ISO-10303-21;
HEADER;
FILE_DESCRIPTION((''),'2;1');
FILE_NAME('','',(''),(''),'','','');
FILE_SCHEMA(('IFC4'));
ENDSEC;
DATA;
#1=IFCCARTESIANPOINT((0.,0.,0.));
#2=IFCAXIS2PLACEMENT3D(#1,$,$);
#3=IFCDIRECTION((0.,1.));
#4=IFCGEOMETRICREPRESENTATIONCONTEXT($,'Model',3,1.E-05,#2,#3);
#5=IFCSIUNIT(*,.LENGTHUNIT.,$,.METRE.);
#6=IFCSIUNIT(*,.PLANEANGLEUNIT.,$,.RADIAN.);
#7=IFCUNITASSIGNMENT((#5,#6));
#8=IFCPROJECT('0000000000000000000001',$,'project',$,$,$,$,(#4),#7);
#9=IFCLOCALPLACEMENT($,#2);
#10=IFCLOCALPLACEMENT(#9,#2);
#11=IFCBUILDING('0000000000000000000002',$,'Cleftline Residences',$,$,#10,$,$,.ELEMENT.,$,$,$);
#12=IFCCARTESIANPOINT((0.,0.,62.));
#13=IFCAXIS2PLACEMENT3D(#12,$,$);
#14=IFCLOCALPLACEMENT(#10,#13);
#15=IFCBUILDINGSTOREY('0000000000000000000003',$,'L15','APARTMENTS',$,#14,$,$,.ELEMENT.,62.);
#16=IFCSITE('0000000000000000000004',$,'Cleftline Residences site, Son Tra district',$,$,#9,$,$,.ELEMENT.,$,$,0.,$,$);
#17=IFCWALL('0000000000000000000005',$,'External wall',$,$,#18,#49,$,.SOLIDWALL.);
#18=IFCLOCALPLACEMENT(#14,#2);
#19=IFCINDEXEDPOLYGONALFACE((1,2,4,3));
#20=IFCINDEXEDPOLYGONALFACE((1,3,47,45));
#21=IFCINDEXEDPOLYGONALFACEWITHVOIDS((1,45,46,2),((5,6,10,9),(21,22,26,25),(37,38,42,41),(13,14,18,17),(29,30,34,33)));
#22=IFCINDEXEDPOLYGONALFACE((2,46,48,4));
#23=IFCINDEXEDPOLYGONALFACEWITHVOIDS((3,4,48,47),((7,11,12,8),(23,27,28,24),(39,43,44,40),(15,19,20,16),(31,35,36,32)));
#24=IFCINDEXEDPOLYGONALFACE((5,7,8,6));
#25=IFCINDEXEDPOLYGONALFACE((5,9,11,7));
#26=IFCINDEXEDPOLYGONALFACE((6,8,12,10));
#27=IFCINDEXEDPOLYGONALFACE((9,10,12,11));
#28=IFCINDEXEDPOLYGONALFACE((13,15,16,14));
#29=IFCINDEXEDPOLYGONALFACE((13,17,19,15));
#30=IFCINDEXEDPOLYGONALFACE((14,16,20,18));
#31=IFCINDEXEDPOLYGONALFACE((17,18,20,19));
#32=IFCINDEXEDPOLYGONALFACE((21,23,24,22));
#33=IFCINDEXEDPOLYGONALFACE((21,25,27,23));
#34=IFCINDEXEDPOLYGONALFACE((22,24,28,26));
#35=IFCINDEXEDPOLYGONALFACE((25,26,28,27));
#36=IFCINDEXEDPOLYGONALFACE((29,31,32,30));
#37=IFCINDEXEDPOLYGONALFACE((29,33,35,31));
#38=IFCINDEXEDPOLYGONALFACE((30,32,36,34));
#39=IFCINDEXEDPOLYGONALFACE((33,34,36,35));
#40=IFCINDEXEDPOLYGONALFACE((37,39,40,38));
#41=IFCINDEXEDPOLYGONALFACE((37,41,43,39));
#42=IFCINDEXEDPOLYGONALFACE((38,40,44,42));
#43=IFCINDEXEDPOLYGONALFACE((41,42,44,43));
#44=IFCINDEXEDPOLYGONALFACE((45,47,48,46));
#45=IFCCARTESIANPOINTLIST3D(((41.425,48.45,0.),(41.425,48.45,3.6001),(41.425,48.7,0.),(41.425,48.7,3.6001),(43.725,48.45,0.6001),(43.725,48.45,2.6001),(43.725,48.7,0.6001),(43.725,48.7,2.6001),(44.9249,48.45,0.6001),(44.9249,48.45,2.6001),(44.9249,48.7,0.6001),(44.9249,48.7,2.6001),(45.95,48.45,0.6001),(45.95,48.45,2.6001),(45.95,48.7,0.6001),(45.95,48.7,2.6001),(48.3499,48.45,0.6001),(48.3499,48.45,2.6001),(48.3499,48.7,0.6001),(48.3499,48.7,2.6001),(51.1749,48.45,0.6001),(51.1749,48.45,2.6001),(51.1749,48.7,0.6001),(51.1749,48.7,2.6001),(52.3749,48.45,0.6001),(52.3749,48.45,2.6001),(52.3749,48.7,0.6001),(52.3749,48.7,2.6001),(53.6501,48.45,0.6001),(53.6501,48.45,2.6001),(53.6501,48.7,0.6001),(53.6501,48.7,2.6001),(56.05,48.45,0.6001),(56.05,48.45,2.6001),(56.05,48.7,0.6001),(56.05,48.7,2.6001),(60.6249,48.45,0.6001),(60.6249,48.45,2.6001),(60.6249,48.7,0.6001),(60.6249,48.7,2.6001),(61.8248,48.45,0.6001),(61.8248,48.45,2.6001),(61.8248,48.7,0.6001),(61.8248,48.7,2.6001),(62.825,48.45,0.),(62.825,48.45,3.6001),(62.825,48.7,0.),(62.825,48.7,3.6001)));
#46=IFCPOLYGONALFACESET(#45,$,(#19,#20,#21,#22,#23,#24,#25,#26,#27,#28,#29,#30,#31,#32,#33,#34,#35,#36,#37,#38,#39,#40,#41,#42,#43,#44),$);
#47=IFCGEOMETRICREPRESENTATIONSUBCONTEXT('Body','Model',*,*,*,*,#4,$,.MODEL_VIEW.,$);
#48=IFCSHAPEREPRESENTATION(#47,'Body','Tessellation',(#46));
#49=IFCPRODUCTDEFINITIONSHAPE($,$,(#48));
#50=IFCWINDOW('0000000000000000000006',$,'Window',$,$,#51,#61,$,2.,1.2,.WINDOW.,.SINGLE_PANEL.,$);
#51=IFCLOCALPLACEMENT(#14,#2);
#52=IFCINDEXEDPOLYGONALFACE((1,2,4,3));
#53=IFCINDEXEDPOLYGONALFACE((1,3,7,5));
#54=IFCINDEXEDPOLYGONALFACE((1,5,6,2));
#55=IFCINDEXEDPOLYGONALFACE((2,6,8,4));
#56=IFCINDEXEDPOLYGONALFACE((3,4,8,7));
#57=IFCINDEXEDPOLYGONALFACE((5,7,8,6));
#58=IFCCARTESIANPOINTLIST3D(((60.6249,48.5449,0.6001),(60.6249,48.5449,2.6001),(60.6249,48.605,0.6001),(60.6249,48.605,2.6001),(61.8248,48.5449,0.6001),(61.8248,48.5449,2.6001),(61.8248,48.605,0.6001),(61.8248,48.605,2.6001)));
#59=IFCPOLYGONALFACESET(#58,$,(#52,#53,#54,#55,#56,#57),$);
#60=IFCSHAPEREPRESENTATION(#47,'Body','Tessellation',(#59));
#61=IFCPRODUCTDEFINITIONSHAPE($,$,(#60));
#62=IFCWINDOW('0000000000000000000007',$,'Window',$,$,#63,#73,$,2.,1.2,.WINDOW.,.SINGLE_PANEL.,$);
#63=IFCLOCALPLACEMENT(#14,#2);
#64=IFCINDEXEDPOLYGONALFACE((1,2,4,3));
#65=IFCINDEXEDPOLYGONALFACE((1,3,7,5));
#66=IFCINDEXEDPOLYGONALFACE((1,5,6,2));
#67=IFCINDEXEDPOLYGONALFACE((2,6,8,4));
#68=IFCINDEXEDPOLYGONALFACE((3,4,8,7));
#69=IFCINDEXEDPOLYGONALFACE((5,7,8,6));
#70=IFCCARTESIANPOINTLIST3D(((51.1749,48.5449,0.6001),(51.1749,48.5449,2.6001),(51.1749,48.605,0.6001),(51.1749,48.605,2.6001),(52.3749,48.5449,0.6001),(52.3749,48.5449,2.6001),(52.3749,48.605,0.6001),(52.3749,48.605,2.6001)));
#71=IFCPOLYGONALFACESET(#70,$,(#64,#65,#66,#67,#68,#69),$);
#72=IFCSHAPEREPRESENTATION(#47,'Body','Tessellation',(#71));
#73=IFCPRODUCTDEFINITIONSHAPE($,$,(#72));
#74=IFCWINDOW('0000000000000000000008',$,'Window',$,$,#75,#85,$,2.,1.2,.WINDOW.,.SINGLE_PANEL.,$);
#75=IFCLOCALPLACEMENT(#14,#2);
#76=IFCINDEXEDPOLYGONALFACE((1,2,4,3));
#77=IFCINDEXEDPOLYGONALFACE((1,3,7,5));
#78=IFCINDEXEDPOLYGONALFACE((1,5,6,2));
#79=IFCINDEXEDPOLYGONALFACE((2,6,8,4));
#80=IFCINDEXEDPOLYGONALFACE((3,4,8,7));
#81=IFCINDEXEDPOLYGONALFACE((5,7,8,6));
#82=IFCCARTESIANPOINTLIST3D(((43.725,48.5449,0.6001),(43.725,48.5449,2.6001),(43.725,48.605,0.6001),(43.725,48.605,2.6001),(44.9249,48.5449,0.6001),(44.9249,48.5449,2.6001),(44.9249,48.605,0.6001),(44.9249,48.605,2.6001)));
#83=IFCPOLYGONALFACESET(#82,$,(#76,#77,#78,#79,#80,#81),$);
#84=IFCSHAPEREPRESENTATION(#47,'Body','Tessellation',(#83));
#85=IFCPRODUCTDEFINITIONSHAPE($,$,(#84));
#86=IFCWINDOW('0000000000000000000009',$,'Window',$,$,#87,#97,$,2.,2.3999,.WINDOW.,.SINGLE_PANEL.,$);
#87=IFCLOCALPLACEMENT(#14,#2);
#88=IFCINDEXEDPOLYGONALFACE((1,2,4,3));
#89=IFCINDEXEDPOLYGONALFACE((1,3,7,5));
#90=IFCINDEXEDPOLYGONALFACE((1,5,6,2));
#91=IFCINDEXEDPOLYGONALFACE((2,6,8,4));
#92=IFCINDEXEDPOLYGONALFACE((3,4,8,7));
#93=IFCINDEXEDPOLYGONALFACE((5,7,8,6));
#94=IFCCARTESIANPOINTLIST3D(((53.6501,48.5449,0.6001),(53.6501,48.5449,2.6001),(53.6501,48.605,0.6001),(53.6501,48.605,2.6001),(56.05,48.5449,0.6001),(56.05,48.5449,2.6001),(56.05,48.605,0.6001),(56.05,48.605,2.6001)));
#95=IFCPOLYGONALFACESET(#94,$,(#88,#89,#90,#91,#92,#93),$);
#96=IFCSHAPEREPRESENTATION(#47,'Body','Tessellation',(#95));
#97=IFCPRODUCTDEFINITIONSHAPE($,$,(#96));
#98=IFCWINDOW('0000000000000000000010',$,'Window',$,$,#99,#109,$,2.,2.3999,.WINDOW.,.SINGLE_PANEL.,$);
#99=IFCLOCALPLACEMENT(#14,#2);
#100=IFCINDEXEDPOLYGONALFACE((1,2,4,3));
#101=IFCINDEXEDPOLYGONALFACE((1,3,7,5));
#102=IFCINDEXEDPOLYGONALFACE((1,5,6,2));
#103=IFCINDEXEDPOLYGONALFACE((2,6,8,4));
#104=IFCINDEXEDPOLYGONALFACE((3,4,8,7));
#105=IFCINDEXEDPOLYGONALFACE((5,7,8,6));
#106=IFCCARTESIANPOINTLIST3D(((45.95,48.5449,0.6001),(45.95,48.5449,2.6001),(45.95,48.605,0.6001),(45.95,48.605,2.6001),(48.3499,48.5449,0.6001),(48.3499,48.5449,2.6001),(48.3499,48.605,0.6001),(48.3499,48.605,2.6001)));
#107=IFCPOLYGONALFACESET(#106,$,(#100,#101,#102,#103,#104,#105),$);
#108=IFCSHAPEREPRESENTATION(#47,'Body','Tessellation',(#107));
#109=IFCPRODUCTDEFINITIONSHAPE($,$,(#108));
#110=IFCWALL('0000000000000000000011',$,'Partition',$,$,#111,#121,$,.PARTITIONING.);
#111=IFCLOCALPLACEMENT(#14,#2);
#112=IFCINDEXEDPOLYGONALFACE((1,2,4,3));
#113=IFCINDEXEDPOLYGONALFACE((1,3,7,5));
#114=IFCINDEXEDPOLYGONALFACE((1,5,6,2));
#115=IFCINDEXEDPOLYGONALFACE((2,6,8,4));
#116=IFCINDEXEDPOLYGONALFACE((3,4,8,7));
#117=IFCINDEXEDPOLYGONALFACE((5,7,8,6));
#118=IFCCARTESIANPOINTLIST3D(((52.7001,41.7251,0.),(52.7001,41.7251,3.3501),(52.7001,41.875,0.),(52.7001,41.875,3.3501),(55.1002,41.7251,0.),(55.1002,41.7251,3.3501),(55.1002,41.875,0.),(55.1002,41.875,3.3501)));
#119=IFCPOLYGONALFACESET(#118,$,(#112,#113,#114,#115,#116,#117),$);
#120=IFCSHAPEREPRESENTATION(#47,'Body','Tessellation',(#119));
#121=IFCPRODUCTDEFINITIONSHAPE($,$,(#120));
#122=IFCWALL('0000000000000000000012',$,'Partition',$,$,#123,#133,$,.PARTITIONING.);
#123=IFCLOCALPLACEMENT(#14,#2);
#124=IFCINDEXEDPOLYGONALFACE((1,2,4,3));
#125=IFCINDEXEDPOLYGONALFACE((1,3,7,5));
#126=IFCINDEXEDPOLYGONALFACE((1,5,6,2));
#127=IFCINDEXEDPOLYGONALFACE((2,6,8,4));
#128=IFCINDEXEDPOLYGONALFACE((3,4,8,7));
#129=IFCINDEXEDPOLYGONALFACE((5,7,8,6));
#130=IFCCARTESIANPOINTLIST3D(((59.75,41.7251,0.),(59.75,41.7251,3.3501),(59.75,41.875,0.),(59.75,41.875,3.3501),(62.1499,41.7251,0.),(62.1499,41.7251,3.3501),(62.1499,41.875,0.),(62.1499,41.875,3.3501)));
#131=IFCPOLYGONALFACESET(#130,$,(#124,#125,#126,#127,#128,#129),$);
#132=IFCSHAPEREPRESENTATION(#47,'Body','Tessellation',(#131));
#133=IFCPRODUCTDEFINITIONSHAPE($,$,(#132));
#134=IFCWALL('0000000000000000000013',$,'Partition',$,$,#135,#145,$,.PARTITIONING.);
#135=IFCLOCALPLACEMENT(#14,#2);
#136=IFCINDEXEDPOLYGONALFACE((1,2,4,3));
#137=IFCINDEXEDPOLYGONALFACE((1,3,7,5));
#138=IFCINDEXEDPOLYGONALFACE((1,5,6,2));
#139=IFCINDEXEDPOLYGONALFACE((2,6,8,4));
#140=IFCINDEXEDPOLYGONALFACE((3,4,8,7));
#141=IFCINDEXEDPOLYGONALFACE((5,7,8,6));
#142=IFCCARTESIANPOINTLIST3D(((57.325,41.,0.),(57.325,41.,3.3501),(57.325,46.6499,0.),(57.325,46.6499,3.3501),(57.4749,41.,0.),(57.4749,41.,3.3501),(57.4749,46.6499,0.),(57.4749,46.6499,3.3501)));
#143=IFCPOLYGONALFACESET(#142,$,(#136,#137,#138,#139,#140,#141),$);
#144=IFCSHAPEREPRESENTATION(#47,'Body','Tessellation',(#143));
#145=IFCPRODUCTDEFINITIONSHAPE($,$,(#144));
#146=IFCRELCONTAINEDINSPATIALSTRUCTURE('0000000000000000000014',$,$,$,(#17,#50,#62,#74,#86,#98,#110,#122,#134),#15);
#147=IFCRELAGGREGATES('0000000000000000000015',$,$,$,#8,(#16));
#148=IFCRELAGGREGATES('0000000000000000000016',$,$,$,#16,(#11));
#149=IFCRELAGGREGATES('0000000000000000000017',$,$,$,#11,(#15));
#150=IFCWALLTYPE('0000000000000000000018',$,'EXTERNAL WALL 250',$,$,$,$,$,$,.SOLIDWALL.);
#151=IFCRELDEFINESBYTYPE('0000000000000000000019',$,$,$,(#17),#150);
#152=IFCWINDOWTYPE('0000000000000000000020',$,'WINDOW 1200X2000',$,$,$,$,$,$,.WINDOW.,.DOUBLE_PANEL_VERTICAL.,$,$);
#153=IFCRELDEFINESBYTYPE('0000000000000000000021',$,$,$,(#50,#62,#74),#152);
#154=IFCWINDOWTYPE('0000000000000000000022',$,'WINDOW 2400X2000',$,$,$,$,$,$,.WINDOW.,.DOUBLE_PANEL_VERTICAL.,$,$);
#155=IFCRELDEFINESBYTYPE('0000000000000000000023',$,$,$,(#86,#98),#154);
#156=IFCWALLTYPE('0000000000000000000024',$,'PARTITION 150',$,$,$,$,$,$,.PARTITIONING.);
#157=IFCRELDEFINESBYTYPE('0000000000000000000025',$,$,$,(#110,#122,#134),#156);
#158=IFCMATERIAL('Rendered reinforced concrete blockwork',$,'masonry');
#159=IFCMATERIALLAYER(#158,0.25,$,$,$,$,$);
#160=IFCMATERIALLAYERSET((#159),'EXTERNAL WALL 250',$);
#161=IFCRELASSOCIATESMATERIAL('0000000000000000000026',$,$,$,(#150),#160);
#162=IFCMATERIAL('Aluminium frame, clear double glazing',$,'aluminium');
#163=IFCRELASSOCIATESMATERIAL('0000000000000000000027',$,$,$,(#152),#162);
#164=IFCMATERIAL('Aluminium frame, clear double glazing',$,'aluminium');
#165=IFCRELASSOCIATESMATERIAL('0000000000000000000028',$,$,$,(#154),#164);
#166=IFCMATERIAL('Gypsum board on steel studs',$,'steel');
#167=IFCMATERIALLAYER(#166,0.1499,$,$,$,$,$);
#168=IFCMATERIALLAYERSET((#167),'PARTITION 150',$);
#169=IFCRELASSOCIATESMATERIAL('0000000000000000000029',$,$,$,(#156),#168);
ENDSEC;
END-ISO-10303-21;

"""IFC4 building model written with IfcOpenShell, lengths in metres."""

from ifc_helpers import new_model, si_unit, direction, frame, frame_2d, origin, place, context, subcontext, project, spatial, rectangle, extrude, material, layer, layer_set, type_object, element, fill, save


model = new_model("IFC4")

# Units and contexts
model_context = context("Model", 3, precision=1e-05, world=origin(), true_north=direction((0.0, 1.0)))
body_context = subcontext(model_context, "Body", "Model", "MODEL_VIEW")
ifc_project = project(units=[si_unit("LENGTHUNIT", "METRE"), si_unit("PLANEANGLEUNIT", "RADIAN")], contexts=[model_context])

# Site, building, storey
site_placement = place(None, origin())
site = spatial("IfcSite", under=ifc_project, at=site_placement, Name="Cleftline Residences site, Son Tra district", CompositionType="ELEMENT", RefElevation=0.0)
building_placement = place(site_placement, origin())
building = spatial("IfcBuilding", under=site, at=building_placement, Name="Cleftline Residences", CompositionType="ELEMENT")
storey_placement = place(building_placement, frame((0.0, 0.0, 62.0)))
storey = spatial("IfcBuildingStorey", under=building, at=storey_placement, Name="L15", Description="APARTMENTS", CompositionType="ELEMENT", Elevation=62.0)

# Shared definitions
ifc_material_1 = material(Name="Rendered reinforced concrete blockwork", Category="masonry")
ifc_layer_1 = layer(ifc_material_1, 0.25)
ifc_layer_set_1 = layer_set([ifc_layer_1], Name="EXTERNAL WALL 250")
wall_type_1 = type_object("IfcWallType", Name="EXTERNAL WALL 250", PredefinedType="SOLIDWALL", material=ifc_layer_set_1)
ifc_material_2 = material(Name="Aluminium frame, clear double glazing", Category="aluminium")
window_type_1 = type_object("IfcWindowType", Name="WINDOW 1200X2000", PartitioningType="DOUBLE_PANEL_VERTICAL", PredefinedType="WINDOW", material=ifc_material_2)

# Shared definitions
ifc_material_3 = material(Name="Aluminium frame, clear double glazing", Category="aluminium")
window_type_2 = type_object("IfcWindowType", Name="WINDOW 2400X2000", PartitioningType="DOUBLE_PANEL_VERTICAL", PredefinedType="WINDOW", material=ifc_material_3)

# Wall, openings, windows
wall_1_placement = place(storey_placement, frame((62.825, 48.575, 0.0), z_axis=(0.0, 0.0, 1.0), x_axis=(-1.0, 0.0, 0.0)))
wall_1 = element("IfcWall", 1, at=wall_1_placement, inside=storey, type_object=wall_type_1, Name="External wall", PredefinedType="SOLIDWALL", context=body_context, shape_type="SweptSolid", body=[
    extrude(rectangle(XDim=21.3999, YDim=0.25, at=frame_2d((10.7, 0.0))), origin(), (0.0, 0.0, 1.0), 3.6001),
])
opening_1_placement = place(wall_1_placement, frame((1.0, 0.0, 0.6001)))
opening_1 = element("IfcOpeningElement", 2, at=opening_1_placement, cuts=wall_1, PredefinedType="OPENING", context=body_context, shape_type="SweptSolid", body=[
    extrude(rectangle(XDim=1.2, YDim=2.0, at=frame_2d((0.6001, 1.0))), frame((0.0, 0.135, 0.0), z_axis=(0.0, -1.0, 0.0), x_axis=(1.0, 0.0, 0.0)), (0.0, 0.0, 1.0), 0.27),
])
opening_2_placement = place(wall_1_placement, frame((6.7749, 0.0, 0.6001)))
opening_2 = element("IfcOpeningElement", 3, at=opening_2_placement, cuts=wall_1, PredefinedType="OPENING", context=body_context, shape_type="SweptSolid", body=[
    extrude(rectangle(XDim=2.3999, YDim=2.0, at=frame_2d((1.2, 1.0))), frame((0.0, 0.135, 0.0), z_axis=(0.0, -1.0, 0.0), x_axis=(1.0, 0.0, 0.0)), (0.0, 0.0, 1.0), 0.27),
])
opening_3_placement = place(wall_1_placement, frame((10.45, 0.0, 0.6001)))
opening_3 = element("IfcOpeningElement", 4, at=opening_3_placement, cuts=wall_1, PredefinedType="OPENING", context=body_context, shape_type="SweptSolid", body=[
    extrude(rectangle(XDim=1.2, YDim=2.0, at=frame_2d((0.6001, 1.0))), frame((0.0, 0.135, 0.0), z_axis=(0.0, -1.0, 0.0), x_axis=(1.0, 0.0, 0.0)), (0.0, 0.0, 1.0), 0.27),
])
opening_4_placement = place(wall_1_placement, frame((14.4751, 0.0, 0.6001)))
opening_4 = element("IfcOpeningElement", 5, at=opening_4_placement, cuts=wall_1, PredefinedType="OPENING", context=body_context, shape_type="SweptSolid", body=[
    extrude(rectangle(XDim=2.3999, YDim=2.0, at=frame_2d((1.2, 1.0))), frame((0.0, 0.135, 0.0), z_axis=(0.0, -1.0, 0.0), x_axis=(1.0, 0.0, 0.0)), (0.0, 0.0, 1.0), 0.27),
])
opening_5_placement = place(wall_1_placement, frame((17.8999, 0.0, 0.6001)))
opening_5 = element("IfcOpeningElement", 6, at=opening_5_placement, cuts=wall_1, PredefinedType="OPENING", context=body_context, shape_type="SweptSolid", body=[
    extrude(rectangle(XDim=1.2, YDim=2.0, at=frame_2d((0.6001, 1.0))), frame((0.0, 0.135, 0.0), z_axis=(0.0, -1.0, 0.0), x_axis=(1.0, 0.0, 0.0)), (0.0, 0.0, 1.0), 0.27),
])
window_1_placement = place(opening_1_placement, origin())
window_1 = element("IfcWindow", 7, at=window_1_placement, inside=storey, type_object=window_type_1, Name="Window", OverallHeight=2.0, OverallWidth=1.2, PartitioningType="SINGLE_PANEL", PredefinedType="WINDOW", context=body_context, shape_type="SweptSolid", body=[
    extrude(rectangle(XDim=1.2, YDim=2.0, at=frame_2d((0.6001, 1.0))), frame((0.0, 0.03, 0.0), z_axis=(0.0, -1.0, 0.0), x_axis=(1.0, 0.0, 0.0)), (0.0, 0.0, 1.0), 0.0601),
])
fill(opening_1, window_1)
window_2_placement = place(opening_3_placement, origin())
window_2 = element("IfcWindow", 8, at=window_2_placement, inside=storey, type_object=window_type_1, Name="Window", OverallHeight=2.0, OverallWidth=1.2, PartitioningType="SINGLE_PANEL", PredefinedType="WINDOW", context=body_context, shape_type="SweptSolid", body=[
    extrude(rectangle(XDim=1.2, YDim=2.0, at=frame_2d((0.6001, 1.0))), frame((0.0, 0.03, 0.0), z_axis=(0.0, -1.0, 0.0), x_axis=(1.0, 0.0, 0.0)), (0.0, 0.0, 1.0), 0.0601),
])
fill(opening_3, window_2)
window_3_placement = place(opening_5_placement, origin())
window_3 = element("IfcWindow", 9, at=window_3_placement, inside=storey, type_object=window_type_1, Name="Window", OverallHeight=2.0, OverallWidth=1.2, PartitioningType="SINGLE_PANEL", PredefinedType="WINDOW", context=body_context, shape_type="SweptSolid", body=[
    extrude(rectangle(XDim=1.2, YDim=2.0, at=frame_2d((0.6001, 1.0))), frame((0.0, 0.03, 0.0), z_axis=(0.0, -1.0, 0.0), x_axis=(1.0, 0.0, 0.0)), (0.0, 0.0, 1.0), 0.0601),
])
fill(opening_5, window_3)
window_4_placement = place(opening_2_placement, origin())
window_4 = element("IfcWindow", 10, at=window_4_placement, inside=storey, type_object=window_type_2, Name="Window", OverallHeight=2.0, OverallWidth=2.3999, PartitioningType="SINGLE_PANEL", PredefinedType="WINDOW", context=body_context, shape_type="SweptSolid", body=[
    extrude(rectangle(XDim=2.3999, YDim=2.0, at=frame_2d((1.2, 1.0))), frame((0.0, 0.03, 0.0), z_axis=(0.0, -1.0, 0.0), x_axis=(1.0, 0.0, 0.0)), (0.0, 0.0, 1.0), 0.0601),
])
fill(opening_2, window_4)
window_5_placement = place(opening_4_placement, origin())
window_5 = element("IfcWindow", 11, at=window_5_placement, inside=storey, type_object=window_type_2, Name="Window", OverallHeight=2.0, OverallWidth=2.3999, PartitioningType="SINGLE_PANEL", PredefinedType="WINDOW", context=body_context, shape_type="SweptSolid", body=[
    extrude(rectangle(XDim=2.3999, YDim=2.0, at=frame_2d((1.2, 1.0))), frame((0.0, 0.03, 0.0), z_axis=(0.0, -1.0, 0.0), x_axis=(1.0, 0.0, 0.0)), (0.0, 0.0, 1.0), 0.0601),
])
fill(opening_4, window_5)

# Walls
ifc_material_4 = material(Name="Gypsum board on steel studs", Category="steel")
ifc_layer_2 = layer(ifc_material_4, 0.1499)
ifc_layer_set_2 = layer_set([ifc_layer_2], Name="PARTITION 150")
wall_type_2 = type_object("IfcWallType", Name="PARTITION 150", PredefinedType="PARTITIONING", material=ifc_layer_set_2)
wall_2_placement = place(storey_placement, frame((52.7, 41.8, 0.0), z_axis=(0.0, 0.0, 1.0), x_axis=(1.0, 0.0, 0.0)))
element("IfcWall", 12, at=wall_2_placement, inside=storey, type_object=wall_type_2, Name="Partition", PredefinedType="PARTITIONING", context=body_context, shape_type="SweptSolid", body=[
    extrude(rectangle(XDim=2.4001, YDim=0.1499, at=frame_2d((1.2002, 0.0))), origin(), (0.0, 0.0, 1.0), 3.3501),
])
wall_3_placement = place(storey_placement, frame((59.75, 41.8, 0.0), z_axis=(0.0, 0.0, 1.0), x_axis=(1.0, 0.0, 0.0)))
element("IfcWall", 13, at=wall_3_placement, inside=storey, type_object=wall_type_2, Name="Partition", PredefinedType="PARTITIONING", context=body_context, shape_type="SweptSolid", body=[
    extrude(rectangle(XDim=2.3999, YDim=0.1499, at=frame_2d((1.2, 0.0))), origin(), (0.0, 0.0, 1.0), 3.3501),
])
wall_4_placement = place(storey_placement, frame((57.3999, 41.0, 0.0), z_axis=(0.0, 0.0, 1.0), x_axis=(0.0, 1.0, 0.0)))
element("IfcWall", 14, at=wall_4_placement, inside=storey, type_object=wall_type_2, Name="Partition", PredefinedType="PARTITIONING", context=body_context, shape_type="SweptSolid", body=[
    extrude(rectangle(XDim=5.6499, YDim=0.1499, at=frame_2d((2.825, 0.0))), origin(), (0.0, 0.0, 1.0), 3.3501),
])

save(model, "model.ifc")
